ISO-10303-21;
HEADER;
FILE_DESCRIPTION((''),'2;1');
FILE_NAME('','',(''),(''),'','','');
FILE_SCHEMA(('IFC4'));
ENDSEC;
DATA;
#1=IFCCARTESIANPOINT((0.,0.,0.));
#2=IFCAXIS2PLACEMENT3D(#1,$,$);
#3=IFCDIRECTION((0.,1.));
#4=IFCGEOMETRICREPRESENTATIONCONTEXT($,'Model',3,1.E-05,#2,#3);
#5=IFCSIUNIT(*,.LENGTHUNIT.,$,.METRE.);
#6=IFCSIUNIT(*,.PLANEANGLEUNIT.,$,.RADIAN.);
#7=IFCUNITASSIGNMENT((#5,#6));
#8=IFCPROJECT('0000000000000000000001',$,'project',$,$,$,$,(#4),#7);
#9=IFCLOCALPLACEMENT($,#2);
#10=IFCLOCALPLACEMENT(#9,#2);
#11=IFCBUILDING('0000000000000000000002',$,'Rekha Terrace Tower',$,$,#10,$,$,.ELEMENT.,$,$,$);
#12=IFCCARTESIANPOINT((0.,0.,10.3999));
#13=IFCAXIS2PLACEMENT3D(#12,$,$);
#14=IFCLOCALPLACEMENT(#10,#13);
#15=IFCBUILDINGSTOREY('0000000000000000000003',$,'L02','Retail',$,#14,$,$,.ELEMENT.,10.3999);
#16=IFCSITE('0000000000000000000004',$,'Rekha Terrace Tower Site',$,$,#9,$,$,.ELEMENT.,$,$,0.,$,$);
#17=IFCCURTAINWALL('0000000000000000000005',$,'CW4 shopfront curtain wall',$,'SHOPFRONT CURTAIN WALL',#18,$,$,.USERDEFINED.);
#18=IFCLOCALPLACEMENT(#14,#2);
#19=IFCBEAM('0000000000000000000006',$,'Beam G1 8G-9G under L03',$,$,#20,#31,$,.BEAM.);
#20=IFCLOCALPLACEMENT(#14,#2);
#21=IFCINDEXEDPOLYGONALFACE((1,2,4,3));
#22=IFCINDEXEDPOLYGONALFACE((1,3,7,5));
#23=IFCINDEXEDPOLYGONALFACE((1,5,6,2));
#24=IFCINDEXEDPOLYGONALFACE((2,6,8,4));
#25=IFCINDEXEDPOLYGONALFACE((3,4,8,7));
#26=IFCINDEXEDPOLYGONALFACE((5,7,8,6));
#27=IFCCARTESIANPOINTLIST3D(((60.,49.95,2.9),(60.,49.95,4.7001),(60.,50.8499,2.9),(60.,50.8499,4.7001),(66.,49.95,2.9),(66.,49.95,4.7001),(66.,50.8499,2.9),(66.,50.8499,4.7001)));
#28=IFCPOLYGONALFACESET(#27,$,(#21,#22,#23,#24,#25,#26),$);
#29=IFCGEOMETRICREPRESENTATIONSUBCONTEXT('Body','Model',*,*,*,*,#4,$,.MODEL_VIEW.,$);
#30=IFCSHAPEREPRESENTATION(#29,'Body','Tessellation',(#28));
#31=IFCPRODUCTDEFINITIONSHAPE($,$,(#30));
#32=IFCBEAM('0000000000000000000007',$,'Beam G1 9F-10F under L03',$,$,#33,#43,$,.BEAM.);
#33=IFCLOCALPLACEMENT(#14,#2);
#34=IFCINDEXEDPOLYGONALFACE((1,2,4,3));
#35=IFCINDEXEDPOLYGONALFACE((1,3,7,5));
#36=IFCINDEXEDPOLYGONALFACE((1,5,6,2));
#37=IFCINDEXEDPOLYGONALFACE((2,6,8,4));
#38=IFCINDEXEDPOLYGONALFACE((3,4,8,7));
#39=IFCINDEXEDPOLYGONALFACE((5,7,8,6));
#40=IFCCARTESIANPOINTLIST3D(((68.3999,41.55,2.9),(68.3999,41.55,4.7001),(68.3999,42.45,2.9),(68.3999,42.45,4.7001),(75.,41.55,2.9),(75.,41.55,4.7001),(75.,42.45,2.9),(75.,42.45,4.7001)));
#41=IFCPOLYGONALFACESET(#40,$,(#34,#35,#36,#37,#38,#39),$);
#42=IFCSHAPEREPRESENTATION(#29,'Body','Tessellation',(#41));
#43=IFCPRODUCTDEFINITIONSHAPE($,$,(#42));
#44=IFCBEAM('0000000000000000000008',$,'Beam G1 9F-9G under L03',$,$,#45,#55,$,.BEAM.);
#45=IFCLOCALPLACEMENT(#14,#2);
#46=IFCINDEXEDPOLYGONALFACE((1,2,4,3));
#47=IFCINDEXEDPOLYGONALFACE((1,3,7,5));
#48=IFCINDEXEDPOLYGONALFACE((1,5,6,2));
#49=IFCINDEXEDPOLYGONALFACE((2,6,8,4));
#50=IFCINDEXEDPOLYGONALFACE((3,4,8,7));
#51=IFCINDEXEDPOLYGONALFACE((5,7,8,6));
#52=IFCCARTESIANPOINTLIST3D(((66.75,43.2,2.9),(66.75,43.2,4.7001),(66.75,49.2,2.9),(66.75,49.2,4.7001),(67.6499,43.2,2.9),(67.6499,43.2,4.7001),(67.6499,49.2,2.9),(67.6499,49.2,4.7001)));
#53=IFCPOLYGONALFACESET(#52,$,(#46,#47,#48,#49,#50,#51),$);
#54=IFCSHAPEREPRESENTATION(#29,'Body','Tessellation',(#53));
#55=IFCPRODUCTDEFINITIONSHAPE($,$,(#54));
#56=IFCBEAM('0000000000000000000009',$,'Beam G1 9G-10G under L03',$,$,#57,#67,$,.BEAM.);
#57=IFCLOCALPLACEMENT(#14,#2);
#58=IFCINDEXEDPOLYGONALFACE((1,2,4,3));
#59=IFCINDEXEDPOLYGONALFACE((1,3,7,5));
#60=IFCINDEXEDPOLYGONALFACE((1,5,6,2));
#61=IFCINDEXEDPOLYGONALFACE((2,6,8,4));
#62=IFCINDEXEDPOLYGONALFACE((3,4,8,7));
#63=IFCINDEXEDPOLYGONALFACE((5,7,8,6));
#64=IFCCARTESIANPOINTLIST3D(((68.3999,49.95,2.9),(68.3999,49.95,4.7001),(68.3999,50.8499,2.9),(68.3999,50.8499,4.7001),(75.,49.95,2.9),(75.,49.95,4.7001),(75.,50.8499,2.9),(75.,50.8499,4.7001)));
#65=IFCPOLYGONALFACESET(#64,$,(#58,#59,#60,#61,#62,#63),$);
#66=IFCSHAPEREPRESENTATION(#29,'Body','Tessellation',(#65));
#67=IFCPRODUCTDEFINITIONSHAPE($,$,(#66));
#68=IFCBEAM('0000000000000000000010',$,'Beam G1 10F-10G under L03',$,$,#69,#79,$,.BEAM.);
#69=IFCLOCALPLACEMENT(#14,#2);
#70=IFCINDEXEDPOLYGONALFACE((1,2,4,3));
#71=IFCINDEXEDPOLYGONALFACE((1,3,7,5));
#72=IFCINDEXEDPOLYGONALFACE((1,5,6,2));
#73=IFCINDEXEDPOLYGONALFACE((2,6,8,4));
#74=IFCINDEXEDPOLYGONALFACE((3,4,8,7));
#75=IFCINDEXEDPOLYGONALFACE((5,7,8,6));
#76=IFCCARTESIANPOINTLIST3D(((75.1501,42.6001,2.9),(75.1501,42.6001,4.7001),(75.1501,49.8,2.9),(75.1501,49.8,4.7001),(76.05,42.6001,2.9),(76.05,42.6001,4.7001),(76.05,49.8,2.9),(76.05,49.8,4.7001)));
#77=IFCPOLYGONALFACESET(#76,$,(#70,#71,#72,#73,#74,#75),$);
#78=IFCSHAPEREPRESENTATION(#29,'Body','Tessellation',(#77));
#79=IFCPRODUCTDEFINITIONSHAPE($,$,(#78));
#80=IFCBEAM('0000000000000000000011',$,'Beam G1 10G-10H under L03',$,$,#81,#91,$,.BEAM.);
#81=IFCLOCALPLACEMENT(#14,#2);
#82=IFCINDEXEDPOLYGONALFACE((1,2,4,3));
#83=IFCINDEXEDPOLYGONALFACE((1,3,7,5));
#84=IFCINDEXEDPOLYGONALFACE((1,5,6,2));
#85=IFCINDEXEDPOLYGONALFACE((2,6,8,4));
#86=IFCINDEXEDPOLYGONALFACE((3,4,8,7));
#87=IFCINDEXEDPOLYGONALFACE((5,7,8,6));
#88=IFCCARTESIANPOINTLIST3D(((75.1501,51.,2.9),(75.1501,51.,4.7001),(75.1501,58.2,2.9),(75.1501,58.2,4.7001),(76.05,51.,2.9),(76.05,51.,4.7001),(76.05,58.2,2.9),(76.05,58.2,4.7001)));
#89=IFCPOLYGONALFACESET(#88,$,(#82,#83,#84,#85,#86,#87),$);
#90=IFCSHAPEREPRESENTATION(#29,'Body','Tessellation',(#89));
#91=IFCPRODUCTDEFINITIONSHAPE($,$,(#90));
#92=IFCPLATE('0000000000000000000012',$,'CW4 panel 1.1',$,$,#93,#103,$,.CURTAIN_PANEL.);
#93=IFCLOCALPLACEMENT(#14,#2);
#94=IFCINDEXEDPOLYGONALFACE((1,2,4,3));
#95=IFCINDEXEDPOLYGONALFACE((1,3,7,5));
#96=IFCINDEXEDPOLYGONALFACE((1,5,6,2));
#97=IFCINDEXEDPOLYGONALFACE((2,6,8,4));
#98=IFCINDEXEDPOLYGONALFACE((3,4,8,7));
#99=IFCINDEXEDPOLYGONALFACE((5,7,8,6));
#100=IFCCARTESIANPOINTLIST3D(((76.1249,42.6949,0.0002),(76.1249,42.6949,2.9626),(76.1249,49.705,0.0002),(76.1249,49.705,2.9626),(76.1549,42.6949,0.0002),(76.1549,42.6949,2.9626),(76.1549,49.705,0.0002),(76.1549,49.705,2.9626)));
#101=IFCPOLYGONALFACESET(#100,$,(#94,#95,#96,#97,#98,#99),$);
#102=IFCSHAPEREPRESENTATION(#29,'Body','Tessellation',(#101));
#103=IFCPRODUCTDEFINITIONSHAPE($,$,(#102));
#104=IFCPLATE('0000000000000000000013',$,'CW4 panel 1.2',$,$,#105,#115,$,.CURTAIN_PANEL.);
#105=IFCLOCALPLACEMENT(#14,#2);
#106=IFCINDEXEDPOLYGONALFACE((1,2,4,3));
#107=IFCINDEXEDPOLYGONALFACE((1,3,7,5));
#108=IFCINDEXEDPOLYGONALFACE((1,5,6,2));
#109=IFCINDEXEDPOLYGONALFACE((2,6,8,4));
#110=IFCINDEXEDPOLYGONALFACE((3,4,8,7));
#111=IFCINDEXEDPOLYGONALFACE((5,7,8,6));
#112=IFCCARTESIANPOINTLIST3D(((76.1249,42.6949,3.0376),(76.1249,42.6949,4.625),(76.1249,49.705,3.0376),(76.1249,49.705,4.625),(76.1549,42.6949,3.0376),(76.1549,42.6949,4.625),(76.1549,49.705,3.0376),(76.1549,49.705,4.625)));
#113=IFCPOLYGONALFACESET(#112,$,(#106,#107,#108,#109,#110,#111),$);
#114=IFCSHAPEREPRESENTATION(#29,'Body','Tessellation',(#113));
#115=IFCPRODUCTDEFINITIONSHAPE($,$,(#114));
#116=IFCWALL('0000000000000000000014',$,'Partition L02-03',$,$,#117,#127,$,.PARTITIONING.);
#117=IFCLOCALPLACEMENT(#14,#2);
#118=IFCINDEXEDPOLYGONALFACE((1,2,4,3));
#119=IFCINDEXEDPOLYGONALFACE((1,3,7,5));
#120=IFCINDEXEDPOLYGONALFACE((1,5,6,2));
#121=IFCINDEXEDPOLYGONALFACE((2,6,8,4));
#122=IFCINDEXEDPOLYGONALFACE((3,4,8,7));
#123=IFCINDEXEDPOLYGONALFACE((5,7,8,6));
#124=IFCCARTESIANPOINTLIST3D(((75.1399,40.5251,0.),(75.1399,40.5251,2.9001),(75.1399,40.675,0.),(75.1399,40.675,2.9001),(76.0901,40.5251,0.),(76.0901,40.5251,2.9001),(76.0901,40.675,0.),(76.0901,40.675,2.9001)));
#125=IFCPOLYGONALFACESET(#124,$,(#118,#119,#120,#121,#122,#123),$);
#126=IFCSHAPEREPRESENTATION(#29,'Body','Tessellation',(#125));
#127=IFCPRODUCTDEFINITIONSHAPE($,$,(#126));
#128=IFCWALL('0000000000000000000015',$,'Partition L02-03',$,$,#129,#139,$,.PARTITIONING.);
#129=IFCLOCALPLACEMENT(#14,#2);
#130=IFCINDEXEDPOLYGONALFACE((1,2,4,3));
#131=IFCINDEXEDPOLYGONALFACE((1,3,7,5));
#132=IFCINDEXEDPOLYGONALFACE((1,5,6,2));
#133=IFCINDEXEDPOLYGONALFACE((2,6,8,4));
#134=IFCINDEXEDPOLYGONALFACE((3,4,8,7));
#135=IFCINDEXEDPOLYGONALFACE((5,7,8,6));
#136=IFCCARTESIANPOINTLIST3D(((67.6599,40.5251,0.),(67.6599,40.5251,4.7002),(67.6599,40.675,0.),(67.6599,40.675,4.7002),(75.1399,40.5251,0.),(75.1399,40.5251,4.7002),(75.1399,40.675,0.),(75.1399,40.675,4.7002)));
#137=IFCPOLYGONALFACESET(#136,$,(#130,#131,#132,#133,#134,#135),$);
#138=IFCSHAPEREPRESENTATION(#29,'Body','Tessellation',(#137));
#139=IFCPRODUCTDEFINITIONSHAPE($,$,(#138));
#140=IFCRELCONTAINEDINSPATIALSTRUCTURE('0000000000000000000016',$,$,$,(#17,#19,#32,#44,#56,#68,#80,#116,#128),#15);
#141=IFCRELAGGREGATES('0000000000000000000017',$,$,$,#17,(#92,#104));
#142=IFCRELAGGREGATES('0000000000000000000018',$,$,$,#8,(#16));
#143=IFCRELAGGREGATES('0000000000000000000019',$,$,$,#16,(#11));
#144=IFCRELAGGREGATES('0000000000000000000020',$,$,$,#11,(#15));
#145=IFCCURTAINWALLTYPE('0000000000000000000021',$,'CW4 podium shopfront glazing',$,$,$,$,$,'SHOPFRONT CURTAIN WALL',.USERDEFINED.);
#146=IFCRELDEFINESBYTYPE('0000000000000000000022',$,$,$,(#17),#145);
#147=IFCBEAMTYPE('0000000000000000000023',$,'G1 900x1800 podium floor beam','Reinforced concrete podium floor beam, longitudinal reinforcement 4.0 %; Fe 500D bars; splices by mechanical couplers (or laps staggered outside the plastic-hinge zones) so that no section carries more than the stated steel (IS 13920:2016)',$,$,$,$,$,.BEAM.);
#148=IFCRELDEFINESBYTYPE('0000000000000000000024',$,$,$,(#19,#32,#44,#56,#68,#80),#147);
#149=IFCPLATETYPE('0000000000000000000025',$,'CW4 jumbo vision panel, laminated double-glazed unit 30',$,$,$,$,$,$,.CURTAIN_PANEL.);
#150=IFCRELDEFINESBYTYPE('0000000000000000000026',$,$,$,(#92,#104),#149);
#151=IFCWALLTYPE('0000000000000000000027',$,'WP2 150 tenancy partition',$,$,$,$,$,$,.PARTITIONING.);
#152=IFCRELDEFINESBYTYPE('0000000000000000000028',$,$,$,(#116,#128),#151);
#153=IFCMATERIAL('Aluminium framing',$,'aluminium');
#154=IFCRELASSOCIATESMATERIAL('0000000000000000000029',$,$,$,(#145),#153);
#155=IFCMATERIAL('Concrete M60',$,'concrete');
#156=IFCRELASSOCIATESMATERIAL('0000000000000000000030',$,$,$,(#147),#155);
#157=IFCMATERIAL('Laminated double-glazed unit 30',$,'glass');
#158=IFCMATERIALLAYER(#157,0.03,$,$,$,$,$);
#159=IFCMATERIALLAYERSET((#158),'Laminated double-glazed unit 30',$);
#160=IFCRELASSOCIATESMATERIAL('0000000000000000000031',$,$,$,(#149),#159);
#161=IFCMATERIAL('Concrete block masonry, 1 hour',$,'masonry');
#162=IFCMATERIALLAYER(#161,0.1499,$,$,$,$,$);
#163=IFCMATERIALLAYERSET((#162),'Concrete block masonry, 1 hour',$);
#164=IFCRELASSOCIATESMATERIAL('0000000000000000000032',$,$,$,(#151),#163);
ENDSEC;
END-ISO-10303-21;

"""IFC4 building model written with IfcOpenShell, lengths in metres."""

from ifc_helpers import new_model, si_unit, direction, frame, frame_2d, origin, origin_2d, place, context, subcontext, project, spatial, rectangle, extrude, material, layer, layer_set, material_profile, profile_set, type_object, element, aggregate, save


model = new_model("IFC4")

# Units and contexts
model_context = context("Model", 3, precision=1e-05, world=origin(), true_north=direction((0.0, 1.0)))
body_context = subcontext(model_context, "Body", "Model", "MODEL_VIEW")
ifc_project = project(units=[si_unit("LENGTHUNIT", "METRE"), si_unit("PLANEANGLEUNIT", "RADIAN")], contexts=[model_context])

# Site, building, storey
site_placement = place(None, origin())
site = spatial("IfcSite", under=ifc_project, at=site_placement, Name="Rekha Terrace Tower Site", CompositionType="ELEMENT", RefElevation=0.0)
building_placement = place(site_placement, origin())
building = spatial("IfcBuilding", under=site, at=building_placement, Name="Rekha Terrace Tower", CompositionType="ELEMENT")
storey_placement = place(building_placement, frame((0.0, 0.0, 10.3999)))
storey = spatial("IfcBuildingStorey", under=building, at=storey_placement, Name="L02", Description="Retail", CompositionType="ELEMENT", Elevation=10.3999)

# Shared definitions
ifc_material_1 = material(Name="Concrete M60", Category="concrete")

# Shared definitions
ifc_material_2 = material(Name="Aluminium framing", Category="aluminium")
curtain_wall_type = type_object("IfcCurtainWallType", Name="CW4 podium shopfront glazing", ElementType="SHOPFRONT CURTAIN WALL", PredefinedType="USERDEFINED", material=ifc_material_2)

# Curtain wall
curtain_wall_1_placement = place(storey_placement, origin())
curtain_wall_1 = element("IfcCurtainWall", 1, at=curtain_wall_1_placement, inside=storey, type_object=curtain_wall_type, Name="CW4 shopfront curtain wall", ObjectType="SHOPFRONT CURTAIN WALL", PredefinedType="USERDEFINED")

# Beams
ifc_material_profile_1 = material_profile(ifc_material_1, rectangle(XDim=0.8999, YDim=1.8, at=origin_2d()), Name="RC 900x1800")
ifc_profile_set_1 = profile_set([ifc_material_profile_1], Name="Concrete M60")
beam_type = type_object("IfcBeamType", Name="G1 900x1800 podium floor beam", Description="Reinforced concrete podium floor beam, longitudinal reinforcement 4.0 %; Fe 500D bars; splices by mechanical couplers (or laps staggered outside the plastic-hinge zones) so that no section carries more than the stated steel (IS 13920:2016)", PredefinedType="BEAM", material=ifc_profile_set_1)
for number, where, z_axis, x_axis, name in (
    (2, (60.0, 50.3999, 3.8), (1.0, 0.0, 0.0), (0.0, 1.0, 0.0), "Beam G1 8G-9G under L03"),
):
    element("IfcBeam", number, at=place(storey_placement, frame(where, z_axis=z_axis, x_axis=x_axis)), inside=storey, type_object=beam_type, Name=name, PredefinedType="BEAM", context=body_context, shape_type="SweptSolid", body=[
        extrude(rectangle(XDim=0.8999, YDim=1.8, at=origin_2d()), origin(), (0.0, 0.0, 1.0), 6.0),
    ])
beam_1_placement = place(storey_placement, frame((68.3999, 42.0, 3.8), z_axis=(1.0, 0.0, 0.0), x_axis=(0.0, 1.0, 0.0)))
element("IfcBeam", 3, at=beam_1_placement, inside=storey, type_object=beam_type, Name="Beam G1 9F-10F under L03", PredefinedType="BEAM", context=body_context, shape_type="SweptSolid", body=[
    extrude(rectangle(XDim=0.8999, YDim=1.8, at=origin_2d()), origin(), (0.0, 0.0, 1.0), 6.6001),
])
beam_2_placement = place(storey_placement, frame((67.2, 43.2, 3.8), z_axis=(0.0, 1.0, 0.0), x_axis=(-1.0, 0.0, 0.0)))
element("IfcBeam", 4, at=beam_2_placement, inside=storey, type_object=beam_type, Name="Beam G1 9F-9G under L03", PredefinedType="BEAM", context=body_context, shape_type="SweptSolid", body=[
    extrude(rectangle(XDim=0.8999, YDim=1.8, at=origin_2d()), origin(), (0.0, 0.0, 1.0), 6.0),
])
beam_3_placement = place(storey_placement, frame((68.3999, 50.3999, 3.8), z_axis=(1.0, 0.0, 0.0), x_axis=(0.0, 1.0, 0.0)))
element("IfcBeam", 5, at=beam_3_placement, inside=storey, type_object=beam_type, Name="Beam G1 9G-10G under L03", PredefinedType="BEAM", context=body_context, shape_type="SweptSolid", body=[
    extrude(rectangle(XDim=0.8999, YDim=1.8, at=origin_2d()), origin(), (0.0, 0.0, 1.0), 6.6001),
])
for number, where, z_axis, x_axis, name in (
    (6, (75.6001, 42.6001, 3.8), (0.0, 1.0, 0.0), (-1.0, 0.0, 0.0), "Beam G1 10F-10G under L03"),
    (7, (75.6001, 51.0, 3.8), (0.0, 1.0, 0.0), (-1.0, 0.0, 0.0), "Beam G1 10G-10H under L03"),
):
    element("IfcBeam", number, at=place(storey_placement, frame(where, z_axis=z_axis, x_axis=x_axis)), inside=storey, type_object=beam_type, Name=name, PredefinedType="BEAM", context=body_context, shape_type="SweptSolid", body=[
        extrude(rectangle(XDim=0.8999, YDim=1.8, at=origin_2d()), origin(), (0.0, 0.0, 1.0), 7.2),
    ])

# Plates
ifc_material_3 = material(Name="Laminated double-glazed unit 30", Category="glass")
ifc_layer_1 = layer(ifc_material_3, 0.03)
ifc_layer_set_1 = layer_set([ifc_layer_1], Name="Laminated double-glazed unit 30")
plate_type = type_object("IfcPlateType", Name="CW4 jumbo vision panel, laminated double-glazed unit 30", PredefinedType="CURTAIN_PANEL", material=ifc_layer_set_1)
plate_1_placement = place(storey_placement, frame((76.1399, 46.2, 0.0002), z_axis=(0.0, 0.0, 1.0), x_axis=(0.0, 1.0, 0.0)))
plate_1 = element("IfcPlate", 8, at=plate_1_placement, type_object=plate_type, Name="CW4 panel 1.1", PredefinedType="CURTAIN_PANEL", context=body_context, shape_type="SweptSolid", body=[
    extrude(rectangle(XDim=7.01, YDim=0.03, at=origin_2d()), origin(), (0.0, 0.0, 1.0), 2.9624),
])
plate_2_placement = place(storey_placement, frame((76.1399, 46.2, 3.0376), z_axis=(0.0, 0.0, 1.0), x_axis=(0.0, 1.0, 0.0)))
plate_2 = element("IfcPlate", 9, at=plate_2_placement, type_object=plate_type, Name="CW4 panel 1.2", PredefinedType="CURTAIN_PANEL", context=body_context, shape_type="SweptSolid", body=[
    extrude(rectangle(XDim=7.01, YDim=0.03, at=origin_2d()), origin(), (0.0, 0.0, 1.0), 1.5874),
])
aggregate(curtain_wall_1, [plate_1, plate_2])

# Walls
ifc_material_4 = material(Name="Concrete block masonry, 1 hour", Category="masonry")
ifc_layer_2 = layer(ifc_material_4, 0.1499)
ifc_layer_set_2 = layer_set([ifc_layer_2], Name="Concrete block masonry, 1 hour")
wall_type = type_object("IfcWallType", Name="WP2 150 tenancy partition", PredefinedType="PARTITIONING", material=ifc_layer_set_2)
wall_1_placement = place(storey_placement, frame((76.0901, 40.6001, 0.0), z_axis=(0.0, 0.0, 1.0), x_axis=(-1.0, 0.0, 0.0)))
element("IfcWall", 10, at=wall_1_placement, inside=storey, type_object=wall_type, Name="Partition L02-03", PredefinedType="PARTITIONING", context=body_context, shape_type="SweptSolid", body=[
    extrude(rectangle(XDim=0.9502, YDim=0.1499, at=frame_2d((0.4751, 0.0))), origin(), (0.0, 0.0, 1.0), 2.9001),
])
wall_2_placement = place(storey_placement, frame((75.1399, 40.6001, 0.0), z_axis=(0.0, 0.0, 1.0), x_axis=(-1.0, 0.0, 0.0)))
element("IfcWall", 11, at=wall_2_placement, inside=storey, type_object=wall_type, Name="Partition L02-03", PredefinedType="PARTITIONING", context=body_context, shape_type="SweptSolid", body=[
    extrude(rectangle(XDim=7.48, YDim=0.1499, at=frame_2d((3.74, 0.0))), origin(), (0.0, 0.0, 1.0), 4.7002),
])

save(model, "model.ifc")
